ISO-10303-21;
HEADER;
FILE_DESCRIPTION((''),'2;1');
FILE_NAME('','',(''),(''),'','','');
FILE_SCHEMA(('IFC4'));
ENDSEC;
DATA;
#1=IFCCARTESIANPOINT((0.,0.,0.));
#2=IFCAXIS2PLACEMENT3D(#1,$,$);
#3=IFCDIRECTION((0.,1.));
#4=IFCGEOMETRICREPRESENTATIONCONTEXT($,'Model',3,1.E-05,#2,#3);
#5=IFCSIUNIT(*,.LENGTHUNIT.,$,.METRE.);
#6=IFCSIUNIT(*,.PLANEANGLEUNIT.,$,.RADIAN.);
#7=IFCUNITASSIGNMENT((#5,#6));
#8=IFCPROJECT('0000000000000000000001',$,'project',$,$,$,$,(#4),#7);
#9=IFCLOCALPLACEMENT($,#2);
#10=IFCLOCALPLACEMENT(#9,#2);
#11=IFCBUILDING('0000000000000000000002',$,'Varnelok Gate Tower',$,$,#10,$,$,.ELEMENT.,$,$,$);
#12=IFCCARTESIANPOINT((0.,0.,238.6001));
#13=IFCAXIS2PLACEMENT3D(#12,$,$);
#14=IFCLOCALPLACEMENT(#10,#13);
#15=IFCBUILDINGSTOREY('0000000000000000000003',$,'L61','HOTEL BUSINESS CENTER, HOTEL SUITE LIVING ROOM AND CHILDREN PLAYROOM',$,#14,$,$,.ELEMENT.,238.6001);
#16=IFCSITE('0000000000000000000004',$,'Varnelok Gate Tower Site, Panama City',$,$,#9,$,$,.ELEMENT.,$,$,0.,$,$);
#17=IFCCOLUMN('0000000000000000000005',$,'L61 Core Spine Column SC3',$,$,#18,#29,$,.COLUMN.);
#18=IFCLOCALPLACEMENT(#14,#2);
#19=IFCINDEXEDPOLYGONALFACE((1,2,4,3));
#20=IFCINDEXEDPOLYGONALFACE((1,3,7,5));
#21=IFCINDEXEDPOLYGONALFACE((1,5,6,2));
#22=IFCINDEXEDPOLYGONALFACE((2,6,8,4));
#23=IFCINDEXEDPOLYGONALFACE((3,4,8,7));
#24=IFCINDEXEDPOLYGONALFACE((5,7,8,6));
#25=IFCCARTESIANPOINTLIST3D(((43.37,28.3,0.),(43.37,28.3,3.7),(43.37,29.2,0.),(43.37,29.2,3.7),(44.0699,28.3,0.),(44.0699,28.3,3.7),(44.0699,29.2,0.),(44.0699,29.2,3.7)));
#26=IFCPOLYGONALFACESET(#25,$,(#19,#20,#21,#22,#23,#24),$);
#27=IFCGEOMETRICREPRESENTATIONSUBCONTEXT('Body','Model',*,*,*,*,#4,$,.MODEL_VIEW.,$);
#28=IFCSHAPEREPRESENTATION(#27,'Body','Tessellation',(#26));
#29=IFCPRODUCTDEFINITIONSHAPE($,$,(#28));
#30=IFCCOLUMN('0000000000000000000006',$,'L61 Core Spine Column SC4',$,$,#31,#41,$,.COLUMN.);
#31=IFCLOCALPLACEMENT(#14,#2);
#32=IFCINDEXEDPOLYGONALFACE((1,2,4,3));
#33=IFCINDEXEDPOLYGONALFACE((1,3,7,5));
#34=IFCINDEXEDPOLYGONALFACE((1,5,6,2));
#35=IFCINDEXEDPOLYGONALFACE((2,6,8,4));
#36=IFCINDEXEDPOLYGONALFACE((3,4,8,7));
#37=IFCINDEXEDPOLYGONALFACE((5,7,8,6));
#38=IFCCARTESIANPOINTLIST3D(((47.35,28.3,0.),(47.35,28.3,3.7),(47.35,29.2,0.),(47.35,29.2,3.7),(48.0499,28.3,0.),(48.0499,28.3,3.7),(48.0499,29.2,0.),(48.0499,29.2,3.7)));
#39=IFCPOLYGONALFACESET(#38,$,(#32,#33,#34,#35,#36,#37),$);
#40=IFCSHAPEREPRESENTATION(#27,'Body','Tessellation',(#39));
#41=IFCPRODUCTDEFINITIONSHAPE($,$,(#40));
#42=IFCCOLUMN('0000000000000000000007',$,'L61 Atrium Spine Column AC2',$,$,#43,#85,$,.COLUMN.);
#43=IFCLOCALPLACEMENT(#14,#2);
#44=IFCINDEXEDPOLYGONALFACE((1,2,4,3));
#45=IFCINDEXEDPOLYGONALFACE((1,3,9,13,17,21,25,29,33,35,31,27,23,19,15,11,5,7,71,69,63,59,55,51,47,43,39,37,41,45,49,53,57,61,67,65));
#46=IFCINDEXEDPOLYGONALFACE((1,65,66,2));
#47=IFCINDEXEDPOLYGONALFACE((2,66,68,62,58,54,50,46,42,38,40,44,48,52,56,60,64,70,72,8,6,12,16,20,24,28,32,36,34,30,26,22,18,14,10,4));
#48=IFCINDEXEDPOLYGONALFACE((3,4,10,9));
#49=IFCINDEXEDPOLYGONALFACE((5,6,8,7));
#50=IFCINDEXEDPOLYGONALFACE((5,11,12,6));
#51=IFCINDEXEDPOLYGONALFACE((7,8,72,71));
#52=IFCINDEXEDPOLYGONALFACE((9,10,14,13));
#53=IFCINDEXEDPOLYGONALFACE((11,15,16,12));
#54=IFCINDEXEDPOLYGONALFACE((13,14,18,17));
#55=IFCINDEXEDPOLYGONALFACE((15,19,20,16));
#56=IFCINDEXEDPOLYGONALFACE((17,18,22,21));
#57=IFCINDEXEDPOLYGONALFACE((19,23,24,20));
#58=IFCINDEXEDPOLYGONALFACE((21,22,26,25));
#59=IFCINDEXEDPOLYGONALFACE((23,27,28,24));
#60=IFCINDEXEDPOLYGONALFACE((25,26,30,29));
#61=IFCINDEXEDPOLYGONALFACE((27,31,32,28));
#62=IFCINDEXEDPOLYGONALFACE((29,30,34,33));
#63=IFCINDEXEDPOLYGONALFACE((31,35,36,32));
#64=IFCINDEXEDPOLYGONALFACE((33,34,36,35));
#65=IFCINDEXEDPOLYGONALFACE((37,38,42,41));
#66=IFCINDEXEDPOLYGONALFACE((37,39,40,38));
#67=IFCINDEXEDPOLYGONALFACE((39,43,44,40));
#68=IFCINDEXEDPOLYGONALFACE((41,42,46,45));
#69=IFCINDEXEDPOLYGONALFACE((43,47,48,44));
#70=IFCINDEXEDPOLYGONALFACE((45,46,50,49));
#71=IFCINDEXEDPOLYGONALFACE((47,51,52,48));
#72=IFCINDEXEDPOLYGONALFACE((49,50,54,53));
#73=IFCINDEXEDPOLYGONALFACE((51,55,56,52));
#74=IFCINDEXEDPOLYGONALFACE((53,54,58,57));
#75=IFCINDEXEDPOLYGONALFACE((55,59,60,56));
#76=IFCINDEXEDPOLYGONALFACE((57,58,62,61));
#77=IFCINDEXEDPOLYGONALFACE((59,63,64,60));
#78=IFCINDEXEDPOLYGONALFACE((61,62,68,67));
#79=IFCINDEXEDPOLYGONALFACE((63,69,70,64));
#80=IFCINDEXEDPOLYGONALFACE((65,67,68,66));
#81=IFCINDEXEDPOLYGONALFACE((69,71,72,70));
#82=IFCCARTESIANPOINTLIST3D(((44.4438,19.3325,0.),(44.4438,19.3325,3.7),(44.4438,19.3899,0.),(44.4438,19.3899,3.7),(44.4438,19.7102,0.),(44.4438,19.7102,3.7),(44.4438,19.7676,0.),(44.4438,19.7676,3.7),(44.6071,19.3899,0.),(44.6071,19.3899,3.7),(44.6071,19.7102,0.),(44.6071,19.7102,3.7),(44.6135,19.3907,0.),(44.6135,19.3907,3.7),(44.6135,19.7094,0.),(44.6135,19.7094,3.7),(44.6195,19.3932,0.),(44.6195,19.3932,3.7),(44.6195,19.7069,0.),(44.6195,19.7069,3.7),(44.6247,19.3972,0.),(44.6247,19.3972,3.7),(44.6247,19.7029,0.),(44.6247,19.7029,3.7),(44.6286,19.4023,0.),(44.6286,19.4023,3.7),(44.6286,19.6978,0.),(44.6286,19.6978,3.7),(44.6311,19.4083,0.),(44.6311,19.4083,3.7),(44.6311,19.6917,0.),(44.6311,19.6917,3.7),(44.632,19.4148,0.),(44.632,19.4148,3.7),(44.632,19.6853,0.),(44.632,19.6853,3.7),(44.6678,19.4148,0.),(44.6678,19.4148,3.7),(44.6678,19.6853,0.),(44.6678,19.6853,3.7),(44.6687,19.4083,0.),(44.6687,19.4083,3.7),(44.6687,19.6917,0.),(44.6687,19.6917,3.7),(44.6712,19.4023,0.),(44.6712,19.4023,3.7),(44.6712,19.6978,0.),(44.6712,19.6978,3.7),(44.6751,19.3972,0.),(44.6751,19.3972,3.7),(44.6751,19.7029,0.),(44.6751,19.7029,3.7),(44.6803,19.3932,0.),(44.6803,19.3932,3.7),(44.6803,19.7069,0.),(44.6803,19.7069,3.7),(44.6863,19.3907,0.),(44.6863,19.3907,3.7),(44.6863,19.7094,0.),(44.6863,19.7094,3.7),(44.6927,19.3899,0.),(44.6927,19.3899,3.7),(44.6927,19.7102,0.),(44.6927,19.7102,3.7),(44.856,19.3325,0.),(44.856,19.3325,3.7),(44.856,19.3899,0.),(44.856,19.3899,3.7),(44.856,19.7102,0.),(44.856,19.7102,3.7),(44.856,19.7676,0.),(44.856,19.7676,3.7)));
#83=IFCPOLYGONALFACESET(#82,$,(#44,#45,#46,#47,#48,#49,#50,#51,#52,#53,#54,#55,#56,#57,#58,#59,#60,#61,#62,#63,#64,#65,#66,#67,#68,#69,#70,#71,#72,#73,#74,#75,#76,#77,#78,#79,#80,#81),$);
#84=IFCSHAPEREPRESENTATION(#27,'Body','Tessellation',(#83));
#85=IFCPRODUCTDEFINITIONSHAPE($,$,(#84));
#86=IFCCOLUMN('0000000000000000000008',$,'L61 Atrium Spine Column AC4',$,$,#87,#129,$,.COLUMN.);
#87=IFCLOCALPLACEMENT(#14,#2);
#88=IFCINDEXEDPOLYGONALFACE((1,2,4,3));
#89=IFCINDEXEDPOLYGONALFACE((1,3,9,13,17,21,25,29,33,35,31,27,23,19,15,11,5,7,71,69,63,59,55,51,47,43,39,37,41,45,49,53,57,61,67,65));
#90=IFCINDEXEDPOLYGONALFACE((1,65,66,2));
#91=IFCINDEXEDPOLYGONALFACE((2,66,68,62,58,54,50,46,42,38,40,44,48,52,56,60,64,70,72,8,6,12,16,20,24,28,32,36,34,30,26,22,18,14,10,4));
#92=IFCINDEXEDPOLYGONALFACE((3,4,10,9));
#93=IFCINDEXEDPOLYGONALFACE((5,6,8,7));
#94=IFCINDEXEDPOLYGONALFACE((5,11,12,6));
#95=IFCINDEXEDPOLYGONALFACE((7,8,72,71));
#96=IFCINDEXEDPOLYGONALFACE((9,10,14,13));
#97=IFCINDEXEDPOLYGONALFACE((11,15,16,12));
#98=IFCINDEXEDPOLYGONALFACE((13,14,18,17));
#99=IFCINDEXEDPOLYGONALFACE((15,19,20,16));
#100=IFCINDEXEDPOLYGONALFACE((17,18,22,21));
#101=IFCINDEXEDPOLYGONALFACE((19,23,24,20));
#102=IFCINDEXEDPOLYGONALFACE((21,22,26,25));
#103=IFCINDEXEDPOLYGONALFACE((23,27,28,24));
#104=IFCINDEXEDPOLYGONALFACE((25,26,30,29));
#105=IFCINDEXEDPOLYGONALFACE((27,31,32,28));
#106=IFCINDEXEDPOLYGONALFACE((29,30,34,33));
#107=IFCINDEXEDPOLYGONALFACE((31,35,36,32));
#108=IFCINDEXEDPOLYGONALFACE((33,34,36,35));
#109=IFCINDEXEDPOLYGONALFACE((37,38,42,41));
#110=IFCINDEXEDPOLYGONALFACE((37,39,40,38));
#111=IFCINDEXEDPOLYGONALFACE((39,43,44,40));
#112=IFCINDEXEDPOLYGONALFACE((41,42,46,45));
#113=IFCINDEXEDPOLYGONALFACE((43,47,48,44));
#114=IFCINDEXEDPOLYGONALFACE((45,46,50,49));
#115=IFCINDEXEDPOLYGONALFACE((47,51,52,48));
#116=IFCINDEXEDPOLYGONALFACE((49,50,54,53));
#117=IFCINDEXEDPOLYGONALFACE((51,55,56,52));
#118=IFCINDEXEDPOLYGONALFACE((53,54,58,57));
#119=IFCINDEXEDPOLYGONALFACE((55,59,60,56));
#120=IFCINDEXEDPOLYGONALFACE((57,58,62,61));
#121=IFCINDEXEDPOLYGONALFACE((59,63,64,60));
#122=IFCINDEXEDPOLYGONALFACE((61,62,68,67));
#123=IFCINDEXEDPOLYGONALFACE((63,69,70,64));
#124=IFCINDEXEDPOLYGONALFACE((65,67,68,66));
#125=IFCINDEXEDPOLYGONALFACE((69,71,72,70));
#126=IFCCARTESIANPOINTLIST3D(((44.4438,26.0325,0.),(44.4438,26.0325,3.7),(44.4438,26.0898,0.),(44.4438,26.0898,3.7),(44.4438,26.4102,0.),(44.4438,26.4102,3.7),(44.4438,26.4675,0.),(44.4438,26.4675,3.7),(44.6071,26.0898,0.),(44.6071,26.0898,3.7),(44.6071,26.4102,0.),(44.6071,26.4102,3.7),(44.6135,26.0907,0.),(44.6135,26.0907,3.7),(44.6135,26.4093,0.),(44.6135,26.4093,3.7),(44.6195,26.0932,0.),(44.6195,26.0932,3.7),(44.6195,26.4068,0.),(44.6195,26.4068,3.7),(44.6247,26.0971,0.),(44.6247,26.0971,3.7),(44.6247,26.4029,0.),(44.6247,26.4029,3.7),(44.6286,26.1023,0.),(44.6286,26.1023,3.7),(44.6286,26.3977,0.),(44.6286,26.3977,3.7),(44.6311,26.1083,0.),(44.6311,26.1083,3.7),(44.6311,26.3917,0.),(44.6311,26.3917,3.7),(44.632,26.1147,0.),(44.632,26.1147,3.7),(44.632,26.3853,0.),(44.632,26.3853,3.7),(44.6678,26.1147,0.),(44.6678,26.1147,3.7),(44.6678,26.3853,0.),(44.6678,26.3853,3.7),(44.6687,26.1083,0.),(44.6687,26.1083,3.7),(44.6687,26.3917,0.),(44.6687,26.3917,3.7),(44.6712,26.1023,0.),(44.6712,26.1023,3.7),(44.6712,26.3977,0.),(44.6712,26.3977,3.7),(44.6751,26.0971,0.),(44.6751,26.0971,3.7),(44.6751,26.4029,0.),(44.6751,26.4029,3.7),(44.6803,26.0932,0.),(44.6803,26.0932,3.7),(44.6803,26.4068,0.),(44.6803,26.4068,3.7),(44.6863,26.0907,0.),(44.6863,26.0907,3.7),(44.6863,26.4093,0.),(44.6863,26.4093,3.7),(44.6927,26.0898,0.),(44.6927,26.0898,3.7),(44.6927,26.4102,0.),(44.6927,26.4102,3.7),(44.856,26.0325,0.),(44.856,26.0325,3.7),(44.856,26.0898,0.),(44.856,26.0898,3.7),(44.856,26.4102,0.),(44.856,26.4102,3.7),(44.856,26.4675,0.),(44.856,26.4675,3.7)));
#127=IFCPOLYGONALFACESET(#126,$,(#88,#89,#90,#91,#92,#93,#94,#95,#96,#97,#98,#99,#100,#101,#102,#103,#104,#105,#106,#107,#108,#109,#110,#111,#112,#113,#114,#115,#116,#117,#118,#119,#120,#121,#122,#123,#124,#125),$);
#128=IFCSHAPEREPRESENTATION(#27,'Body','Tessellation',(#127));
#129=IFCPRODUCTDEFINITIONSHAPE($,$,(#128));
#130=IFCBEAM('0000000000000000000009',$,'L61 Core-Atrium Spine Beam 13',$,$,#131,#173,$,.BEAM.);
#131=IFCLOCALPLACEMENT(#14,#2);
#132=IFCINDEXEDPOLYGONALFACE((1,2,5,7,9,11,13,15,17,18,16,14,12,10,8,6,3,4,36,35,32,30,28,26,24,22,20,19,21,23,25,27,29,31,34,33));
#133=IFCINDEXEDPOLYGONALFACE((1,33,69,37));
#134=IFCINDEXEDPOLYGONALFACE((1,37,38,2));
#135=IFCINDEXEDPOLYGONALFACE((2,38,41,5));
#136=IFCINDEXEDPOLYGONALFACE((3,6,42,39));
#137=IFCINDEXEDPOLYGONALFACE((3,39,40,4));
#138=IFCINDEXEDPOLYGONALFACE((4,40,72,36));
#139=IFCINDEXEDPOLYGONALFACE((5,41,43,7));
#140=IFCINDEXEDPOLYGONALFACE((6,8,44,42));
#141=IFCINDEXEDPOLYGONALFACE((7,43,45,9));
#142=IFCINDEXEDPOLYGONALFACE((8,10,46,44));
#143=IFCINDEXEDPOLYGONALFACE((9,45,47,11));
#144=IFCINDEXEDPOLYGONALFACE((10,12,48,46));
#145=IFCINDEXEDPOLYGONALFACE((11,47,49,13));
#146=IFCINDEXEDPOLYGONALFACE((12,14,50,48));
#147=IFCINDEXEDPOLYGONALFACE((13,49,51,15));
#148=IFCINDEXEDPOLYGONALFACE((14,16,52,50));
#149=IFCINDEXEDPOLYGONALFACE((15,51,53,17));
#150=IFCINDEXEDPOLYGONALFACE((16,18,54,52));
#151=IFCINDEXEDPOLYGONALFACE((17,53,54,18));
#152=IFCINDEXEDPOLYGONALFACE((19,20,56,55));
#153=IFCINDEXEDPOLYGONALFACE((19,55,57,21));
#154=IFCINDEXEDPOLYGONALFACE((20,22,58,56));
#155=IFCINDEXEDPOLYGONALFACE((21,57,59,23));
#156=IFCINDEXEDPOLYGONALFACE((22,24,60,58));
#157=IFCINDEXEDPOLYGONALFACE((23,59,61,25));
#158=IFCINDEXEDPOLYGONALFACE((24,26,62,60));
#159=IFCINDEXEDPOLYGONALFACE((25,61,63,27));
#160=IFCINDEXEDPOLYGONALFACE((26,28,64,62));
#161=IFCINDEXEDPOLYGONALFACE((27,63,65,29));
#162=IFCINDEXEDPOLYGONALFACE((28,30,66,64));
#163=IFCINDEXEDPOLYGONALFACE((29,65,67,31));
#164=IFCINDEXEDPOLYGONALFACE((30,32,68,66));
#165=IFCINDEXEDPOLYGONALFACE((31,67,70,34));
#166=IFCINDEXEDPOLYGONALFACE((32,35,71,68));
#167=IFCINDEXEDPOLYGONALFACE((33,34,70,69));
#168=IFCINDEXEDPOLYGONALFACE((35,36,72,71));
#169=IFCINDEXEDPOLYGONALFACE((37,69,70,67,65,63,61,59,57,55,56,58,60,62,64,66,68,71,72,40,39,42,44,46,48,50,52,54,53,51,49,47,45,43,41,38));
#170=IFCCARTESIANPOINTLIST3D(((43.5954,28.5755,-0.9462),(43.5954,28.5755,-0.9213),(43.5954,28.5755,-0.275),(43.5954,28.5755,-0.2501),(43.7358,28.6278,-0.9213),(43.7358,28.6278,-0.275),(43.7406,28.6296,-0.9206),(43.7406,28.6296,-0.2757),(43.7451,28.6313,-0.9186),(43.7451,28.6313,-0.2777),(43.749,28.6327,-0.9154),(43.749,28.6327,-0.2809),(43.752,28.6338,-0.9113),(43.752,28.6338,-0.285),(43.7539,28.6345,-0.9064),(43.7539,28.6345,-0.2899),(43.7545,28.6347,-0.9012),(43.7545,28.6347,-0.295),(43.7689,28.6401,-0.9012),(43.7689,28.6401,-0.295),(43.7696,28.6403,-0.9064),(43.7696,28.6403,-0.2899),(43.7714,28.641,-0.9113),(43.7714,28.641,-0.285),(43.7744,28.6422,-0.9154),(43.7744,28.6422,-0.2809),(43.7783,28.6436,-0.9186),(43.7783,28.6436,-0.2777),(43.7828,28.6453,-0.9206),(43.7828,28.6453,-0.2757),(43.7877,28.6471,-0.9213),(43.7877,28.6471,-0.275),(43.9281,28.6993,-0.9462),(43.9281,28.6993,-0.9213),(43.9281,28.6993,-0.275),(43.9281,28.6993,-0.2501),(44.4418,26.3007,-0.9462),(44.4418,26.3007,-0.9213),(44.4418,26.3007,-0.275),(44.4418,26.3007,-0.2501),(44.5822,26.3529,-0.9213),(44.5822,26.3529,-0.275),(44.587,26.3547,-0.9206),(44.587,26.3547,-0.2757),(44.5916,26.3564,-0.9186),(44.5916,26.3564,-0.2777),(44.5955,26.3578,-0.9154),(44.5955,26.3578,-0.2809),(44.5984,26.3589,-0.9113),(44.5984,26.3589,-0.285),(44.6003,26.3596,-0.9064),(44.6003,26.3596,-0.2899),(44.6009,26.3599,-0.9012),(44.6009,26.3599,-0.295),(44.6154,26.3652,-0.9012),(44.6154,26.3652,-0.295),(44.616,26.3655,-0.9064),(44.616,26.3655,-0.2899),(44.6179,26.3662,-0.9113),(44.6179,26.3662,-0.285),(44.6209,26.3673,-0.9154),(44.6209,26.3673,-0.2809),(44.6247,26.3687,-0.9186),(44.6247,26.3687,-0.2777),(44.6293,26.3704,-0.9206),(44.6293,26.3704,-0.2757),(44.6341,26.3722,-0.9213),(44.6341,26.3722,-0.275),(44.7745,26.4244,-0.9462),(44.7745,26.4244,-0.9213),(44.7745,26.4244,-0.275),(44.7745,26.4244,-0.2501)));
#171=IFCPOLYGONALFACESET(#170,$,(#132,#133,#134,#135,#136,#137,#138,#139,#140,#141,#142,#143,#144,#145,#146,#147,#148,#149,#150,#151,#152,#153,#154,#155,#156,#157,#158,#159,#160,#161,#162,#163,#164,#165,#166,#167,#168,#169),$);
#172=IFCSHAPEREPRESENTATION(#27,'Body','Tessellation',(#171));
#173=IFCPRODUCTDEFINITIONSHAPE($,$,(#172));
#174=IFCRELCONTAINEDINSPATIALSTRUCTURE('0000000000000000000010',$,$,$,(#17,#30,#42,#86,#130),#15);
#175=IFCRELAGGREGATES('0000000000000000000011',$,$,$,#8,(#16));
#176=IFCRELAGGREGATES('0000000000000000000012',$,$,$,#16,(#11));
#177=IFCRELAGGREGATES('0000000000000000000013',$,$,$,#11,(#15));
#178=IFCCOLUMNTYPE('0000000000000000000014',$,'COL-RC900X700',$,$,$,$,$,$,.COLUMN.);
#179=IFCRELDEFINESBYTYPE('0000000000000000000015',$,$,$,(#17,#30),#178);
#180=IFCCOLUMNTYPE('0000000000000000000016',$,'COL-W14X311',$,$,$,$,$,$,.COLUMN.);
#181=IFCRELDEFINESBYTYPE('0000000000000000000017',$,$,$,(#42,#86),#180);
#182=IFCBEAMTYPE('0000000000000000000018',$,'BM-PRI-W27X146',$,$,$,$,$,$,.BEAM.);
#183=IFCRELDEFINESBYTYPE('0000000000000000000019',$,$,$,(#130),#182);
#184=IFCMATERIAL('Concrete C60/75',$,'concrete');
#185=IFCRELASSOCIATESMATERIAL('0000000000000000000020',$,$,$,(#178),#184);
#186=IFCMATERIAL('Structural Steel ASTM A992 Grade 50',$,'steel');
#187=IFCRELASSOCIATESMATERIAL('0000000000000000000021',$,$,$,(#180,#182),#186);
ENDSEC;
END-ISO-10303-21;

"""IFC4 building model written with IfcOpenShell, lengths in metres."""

from ifc_helpers import new_model, si_unit, direction, frame, origin, origin_2d, place, context, subcontext, project, spatial, rectangle, i_section, extrude, material, material_profile, profile_set, type_object, element, save


model = new_model("IFC4")

# Units and contexts
model_context = context("Model", 3, precision=1e-05, world=origin(), true_north=direction((0.0, 1.0)))
body_context = subcontext(model_context, "Body", "Model", "MODEL_VIEW")
ifc_project = project(units=[si_unit("LENGTHUNIT", "METRE"), si_unit("PLANEANGLEUNIT", "RADIAN")], contexts=[model_context])

# Site, building, storey
site_placement = place(None, origin())
site = spatial("IfcSite", under=ifc_project, at=site_placement, Name="Varnelok Gate Tower Site, Panama City", CompositionType="ELEMENT", RefElevation=0.0)
building_placement = place(site_placement, origin())
building = spatial("IfcBuilding", under=site, at=building_placement, Name="Varnelok Gate Tower", CompositionType="ELEMENT")
storey_placement = place(building_placement, frame((0.0, 0.0, 238.6001)))
storey = spatial("IfcBuildingStorey", under=building, at=storey_placement, Name="L61", Description="HOTEL BUSINESS CENTER, HOTEL SUITE LIVING ROOM AND CHILDREN PLAYROOM", CompositionType="ELEMENT", Elevation=238.6001)

# Columns
ifc_material_1 = material(Name="Concrete C60/75", Category="concrete")
ifc_material_profile_1 = material_profile(ifc_material_1, rectangle(XDim=0.7, YDim=0.8999, at=origin_2d()), Name="RC900X700")
ifc_profile_set_1 = profile_set([ifc_material_profile_1], Name="Concrete C60/75")
column_type_1 = type_object("IfcColumnType", Name="COL-RC900X700", PredefinedType="COLUMN", material=ifc_profile_set_1)
for number, where, z_axis, x_axis, name in (
    (1, (43.72, 28.75, 0.0), (0.0, 0.0, 1.0), (1.0, 0.0, 0.0), "L61 Core Spine Column SC3"),
    (2, (47.7, 28.75, 0.0), (0.0, 0.0, 1.0), (1.0, 0.0, 0.0), "L61 Core Spine Column SC4"),
):
    element("IfcColumn", number, at=place(storey_placement, frame(where, z_axis=z_axis, x_axis=x_axis)), inside=storey, type_object=column_type_1, Name=name, PredefinedType="COLUMN", context=body_context, shape_type="SweptSolid", body=[
        extrude(rectangle(XDim=0.7, YDim=0.8999, at=origin_2d()), origin(), (0.0, 0.0, 1.0), 3.7),
    ])
ifc_material_2 = material(Name="Structural Steel ASTM A992 Grade 50", Category="steel")
ifc_material_profile_2 = material_profile(ifc_material_2, i_section(OverallWidth=0.4121, OverallDepth=0.4351, WebThickness=0.0359, FlangeThickness=0.0574, FilletRadius=0.0249, at=origin_2d()), Name="W14X311")
ifc_profile_set_2 = profile_set([ifc_material_profile_2], Name="Structural Steel ASTM A992 Grade 50")
column_type_2 = type_object("IfcColumnType", Name="COL-W14X311", PredefinedType="COLUMN", material=ifc_profile_set_2)
for number, where, z_axis, x_axis, name in (
    (3, (44.6499, 19.55, 0.0), (0.0, 0.0, 1.0), (1.0, 0.0, 0.0), "L61 Atrium Spine Column AC2"),
    (4, (44.6499, 26.25, 0.0), (0.0, 0.0, 1.0), (1.0, 0.0, 0.0), "L61 Atrium Spine Column AC4"),
):
    element("IfcColumn", number, at=place(storey_placement, frame(where, z_axis=z_axis, x_axis=x_axis)), inside=storey, type_object=column_type_2, Name=name, PredefinedType="COLUMN", context=body_context, shape_type="SweptSolid", body=[
        extrude(i_section(OverallWidth=0.4121, OverallDepth=0.4351, WebThickness=0.0359, FlangeThickness=0.0574, FilletRadius=0.0249, at=origin_2d()), origin(), (0.0, 0.0, 1.0), 3.7),
    ])

# Beam
ifc_material_profile_3 = material_profile(ifc_material_2, i_section(OverallWidth=0.355, OverallDepth=0.696, WebThickness=0.0154, FlangeThickness=0.0249, FilletRadius=0.02, at=origin_2d()), Name="W27X146")
ifc_profile_set_3 = profile_set([ifc_material_profile_3], Name="Structural Steel ASTM A992 Grade 50")
beam_type_1 = type_object("IfcBeamType", Name="BM-PRI-W27X146", PredefinedType="BEAM", material=ifc_profile_set_3)
beam_1_placement = place(storey_placement, frame((44.6082, 26.3625, -0.5981), z_axis=(-0.348719, 0.937227, 0.0), x_axis=(-0.937227, -0.348719, 0.0)))
element("IfcBeam", 5, at=beam_1_placement, inside=storey, type_object=beam_type_1, Name="L61 Core-Atrium Spine Beam 13", PredefinedType="BEAM", context=body_context, shape_type="SweptSolid", body=[
    extrude(i_section(OverallWidth=0.355, OverallDepth=0.696, WebThickness=0.0154, FlangeThickness=0.0249, FilletRadius=0.02, at=origin_2d()), origin(), (0.0, 0.0, 1.0), 2.4272),
])

save(model, "model.ifc")
